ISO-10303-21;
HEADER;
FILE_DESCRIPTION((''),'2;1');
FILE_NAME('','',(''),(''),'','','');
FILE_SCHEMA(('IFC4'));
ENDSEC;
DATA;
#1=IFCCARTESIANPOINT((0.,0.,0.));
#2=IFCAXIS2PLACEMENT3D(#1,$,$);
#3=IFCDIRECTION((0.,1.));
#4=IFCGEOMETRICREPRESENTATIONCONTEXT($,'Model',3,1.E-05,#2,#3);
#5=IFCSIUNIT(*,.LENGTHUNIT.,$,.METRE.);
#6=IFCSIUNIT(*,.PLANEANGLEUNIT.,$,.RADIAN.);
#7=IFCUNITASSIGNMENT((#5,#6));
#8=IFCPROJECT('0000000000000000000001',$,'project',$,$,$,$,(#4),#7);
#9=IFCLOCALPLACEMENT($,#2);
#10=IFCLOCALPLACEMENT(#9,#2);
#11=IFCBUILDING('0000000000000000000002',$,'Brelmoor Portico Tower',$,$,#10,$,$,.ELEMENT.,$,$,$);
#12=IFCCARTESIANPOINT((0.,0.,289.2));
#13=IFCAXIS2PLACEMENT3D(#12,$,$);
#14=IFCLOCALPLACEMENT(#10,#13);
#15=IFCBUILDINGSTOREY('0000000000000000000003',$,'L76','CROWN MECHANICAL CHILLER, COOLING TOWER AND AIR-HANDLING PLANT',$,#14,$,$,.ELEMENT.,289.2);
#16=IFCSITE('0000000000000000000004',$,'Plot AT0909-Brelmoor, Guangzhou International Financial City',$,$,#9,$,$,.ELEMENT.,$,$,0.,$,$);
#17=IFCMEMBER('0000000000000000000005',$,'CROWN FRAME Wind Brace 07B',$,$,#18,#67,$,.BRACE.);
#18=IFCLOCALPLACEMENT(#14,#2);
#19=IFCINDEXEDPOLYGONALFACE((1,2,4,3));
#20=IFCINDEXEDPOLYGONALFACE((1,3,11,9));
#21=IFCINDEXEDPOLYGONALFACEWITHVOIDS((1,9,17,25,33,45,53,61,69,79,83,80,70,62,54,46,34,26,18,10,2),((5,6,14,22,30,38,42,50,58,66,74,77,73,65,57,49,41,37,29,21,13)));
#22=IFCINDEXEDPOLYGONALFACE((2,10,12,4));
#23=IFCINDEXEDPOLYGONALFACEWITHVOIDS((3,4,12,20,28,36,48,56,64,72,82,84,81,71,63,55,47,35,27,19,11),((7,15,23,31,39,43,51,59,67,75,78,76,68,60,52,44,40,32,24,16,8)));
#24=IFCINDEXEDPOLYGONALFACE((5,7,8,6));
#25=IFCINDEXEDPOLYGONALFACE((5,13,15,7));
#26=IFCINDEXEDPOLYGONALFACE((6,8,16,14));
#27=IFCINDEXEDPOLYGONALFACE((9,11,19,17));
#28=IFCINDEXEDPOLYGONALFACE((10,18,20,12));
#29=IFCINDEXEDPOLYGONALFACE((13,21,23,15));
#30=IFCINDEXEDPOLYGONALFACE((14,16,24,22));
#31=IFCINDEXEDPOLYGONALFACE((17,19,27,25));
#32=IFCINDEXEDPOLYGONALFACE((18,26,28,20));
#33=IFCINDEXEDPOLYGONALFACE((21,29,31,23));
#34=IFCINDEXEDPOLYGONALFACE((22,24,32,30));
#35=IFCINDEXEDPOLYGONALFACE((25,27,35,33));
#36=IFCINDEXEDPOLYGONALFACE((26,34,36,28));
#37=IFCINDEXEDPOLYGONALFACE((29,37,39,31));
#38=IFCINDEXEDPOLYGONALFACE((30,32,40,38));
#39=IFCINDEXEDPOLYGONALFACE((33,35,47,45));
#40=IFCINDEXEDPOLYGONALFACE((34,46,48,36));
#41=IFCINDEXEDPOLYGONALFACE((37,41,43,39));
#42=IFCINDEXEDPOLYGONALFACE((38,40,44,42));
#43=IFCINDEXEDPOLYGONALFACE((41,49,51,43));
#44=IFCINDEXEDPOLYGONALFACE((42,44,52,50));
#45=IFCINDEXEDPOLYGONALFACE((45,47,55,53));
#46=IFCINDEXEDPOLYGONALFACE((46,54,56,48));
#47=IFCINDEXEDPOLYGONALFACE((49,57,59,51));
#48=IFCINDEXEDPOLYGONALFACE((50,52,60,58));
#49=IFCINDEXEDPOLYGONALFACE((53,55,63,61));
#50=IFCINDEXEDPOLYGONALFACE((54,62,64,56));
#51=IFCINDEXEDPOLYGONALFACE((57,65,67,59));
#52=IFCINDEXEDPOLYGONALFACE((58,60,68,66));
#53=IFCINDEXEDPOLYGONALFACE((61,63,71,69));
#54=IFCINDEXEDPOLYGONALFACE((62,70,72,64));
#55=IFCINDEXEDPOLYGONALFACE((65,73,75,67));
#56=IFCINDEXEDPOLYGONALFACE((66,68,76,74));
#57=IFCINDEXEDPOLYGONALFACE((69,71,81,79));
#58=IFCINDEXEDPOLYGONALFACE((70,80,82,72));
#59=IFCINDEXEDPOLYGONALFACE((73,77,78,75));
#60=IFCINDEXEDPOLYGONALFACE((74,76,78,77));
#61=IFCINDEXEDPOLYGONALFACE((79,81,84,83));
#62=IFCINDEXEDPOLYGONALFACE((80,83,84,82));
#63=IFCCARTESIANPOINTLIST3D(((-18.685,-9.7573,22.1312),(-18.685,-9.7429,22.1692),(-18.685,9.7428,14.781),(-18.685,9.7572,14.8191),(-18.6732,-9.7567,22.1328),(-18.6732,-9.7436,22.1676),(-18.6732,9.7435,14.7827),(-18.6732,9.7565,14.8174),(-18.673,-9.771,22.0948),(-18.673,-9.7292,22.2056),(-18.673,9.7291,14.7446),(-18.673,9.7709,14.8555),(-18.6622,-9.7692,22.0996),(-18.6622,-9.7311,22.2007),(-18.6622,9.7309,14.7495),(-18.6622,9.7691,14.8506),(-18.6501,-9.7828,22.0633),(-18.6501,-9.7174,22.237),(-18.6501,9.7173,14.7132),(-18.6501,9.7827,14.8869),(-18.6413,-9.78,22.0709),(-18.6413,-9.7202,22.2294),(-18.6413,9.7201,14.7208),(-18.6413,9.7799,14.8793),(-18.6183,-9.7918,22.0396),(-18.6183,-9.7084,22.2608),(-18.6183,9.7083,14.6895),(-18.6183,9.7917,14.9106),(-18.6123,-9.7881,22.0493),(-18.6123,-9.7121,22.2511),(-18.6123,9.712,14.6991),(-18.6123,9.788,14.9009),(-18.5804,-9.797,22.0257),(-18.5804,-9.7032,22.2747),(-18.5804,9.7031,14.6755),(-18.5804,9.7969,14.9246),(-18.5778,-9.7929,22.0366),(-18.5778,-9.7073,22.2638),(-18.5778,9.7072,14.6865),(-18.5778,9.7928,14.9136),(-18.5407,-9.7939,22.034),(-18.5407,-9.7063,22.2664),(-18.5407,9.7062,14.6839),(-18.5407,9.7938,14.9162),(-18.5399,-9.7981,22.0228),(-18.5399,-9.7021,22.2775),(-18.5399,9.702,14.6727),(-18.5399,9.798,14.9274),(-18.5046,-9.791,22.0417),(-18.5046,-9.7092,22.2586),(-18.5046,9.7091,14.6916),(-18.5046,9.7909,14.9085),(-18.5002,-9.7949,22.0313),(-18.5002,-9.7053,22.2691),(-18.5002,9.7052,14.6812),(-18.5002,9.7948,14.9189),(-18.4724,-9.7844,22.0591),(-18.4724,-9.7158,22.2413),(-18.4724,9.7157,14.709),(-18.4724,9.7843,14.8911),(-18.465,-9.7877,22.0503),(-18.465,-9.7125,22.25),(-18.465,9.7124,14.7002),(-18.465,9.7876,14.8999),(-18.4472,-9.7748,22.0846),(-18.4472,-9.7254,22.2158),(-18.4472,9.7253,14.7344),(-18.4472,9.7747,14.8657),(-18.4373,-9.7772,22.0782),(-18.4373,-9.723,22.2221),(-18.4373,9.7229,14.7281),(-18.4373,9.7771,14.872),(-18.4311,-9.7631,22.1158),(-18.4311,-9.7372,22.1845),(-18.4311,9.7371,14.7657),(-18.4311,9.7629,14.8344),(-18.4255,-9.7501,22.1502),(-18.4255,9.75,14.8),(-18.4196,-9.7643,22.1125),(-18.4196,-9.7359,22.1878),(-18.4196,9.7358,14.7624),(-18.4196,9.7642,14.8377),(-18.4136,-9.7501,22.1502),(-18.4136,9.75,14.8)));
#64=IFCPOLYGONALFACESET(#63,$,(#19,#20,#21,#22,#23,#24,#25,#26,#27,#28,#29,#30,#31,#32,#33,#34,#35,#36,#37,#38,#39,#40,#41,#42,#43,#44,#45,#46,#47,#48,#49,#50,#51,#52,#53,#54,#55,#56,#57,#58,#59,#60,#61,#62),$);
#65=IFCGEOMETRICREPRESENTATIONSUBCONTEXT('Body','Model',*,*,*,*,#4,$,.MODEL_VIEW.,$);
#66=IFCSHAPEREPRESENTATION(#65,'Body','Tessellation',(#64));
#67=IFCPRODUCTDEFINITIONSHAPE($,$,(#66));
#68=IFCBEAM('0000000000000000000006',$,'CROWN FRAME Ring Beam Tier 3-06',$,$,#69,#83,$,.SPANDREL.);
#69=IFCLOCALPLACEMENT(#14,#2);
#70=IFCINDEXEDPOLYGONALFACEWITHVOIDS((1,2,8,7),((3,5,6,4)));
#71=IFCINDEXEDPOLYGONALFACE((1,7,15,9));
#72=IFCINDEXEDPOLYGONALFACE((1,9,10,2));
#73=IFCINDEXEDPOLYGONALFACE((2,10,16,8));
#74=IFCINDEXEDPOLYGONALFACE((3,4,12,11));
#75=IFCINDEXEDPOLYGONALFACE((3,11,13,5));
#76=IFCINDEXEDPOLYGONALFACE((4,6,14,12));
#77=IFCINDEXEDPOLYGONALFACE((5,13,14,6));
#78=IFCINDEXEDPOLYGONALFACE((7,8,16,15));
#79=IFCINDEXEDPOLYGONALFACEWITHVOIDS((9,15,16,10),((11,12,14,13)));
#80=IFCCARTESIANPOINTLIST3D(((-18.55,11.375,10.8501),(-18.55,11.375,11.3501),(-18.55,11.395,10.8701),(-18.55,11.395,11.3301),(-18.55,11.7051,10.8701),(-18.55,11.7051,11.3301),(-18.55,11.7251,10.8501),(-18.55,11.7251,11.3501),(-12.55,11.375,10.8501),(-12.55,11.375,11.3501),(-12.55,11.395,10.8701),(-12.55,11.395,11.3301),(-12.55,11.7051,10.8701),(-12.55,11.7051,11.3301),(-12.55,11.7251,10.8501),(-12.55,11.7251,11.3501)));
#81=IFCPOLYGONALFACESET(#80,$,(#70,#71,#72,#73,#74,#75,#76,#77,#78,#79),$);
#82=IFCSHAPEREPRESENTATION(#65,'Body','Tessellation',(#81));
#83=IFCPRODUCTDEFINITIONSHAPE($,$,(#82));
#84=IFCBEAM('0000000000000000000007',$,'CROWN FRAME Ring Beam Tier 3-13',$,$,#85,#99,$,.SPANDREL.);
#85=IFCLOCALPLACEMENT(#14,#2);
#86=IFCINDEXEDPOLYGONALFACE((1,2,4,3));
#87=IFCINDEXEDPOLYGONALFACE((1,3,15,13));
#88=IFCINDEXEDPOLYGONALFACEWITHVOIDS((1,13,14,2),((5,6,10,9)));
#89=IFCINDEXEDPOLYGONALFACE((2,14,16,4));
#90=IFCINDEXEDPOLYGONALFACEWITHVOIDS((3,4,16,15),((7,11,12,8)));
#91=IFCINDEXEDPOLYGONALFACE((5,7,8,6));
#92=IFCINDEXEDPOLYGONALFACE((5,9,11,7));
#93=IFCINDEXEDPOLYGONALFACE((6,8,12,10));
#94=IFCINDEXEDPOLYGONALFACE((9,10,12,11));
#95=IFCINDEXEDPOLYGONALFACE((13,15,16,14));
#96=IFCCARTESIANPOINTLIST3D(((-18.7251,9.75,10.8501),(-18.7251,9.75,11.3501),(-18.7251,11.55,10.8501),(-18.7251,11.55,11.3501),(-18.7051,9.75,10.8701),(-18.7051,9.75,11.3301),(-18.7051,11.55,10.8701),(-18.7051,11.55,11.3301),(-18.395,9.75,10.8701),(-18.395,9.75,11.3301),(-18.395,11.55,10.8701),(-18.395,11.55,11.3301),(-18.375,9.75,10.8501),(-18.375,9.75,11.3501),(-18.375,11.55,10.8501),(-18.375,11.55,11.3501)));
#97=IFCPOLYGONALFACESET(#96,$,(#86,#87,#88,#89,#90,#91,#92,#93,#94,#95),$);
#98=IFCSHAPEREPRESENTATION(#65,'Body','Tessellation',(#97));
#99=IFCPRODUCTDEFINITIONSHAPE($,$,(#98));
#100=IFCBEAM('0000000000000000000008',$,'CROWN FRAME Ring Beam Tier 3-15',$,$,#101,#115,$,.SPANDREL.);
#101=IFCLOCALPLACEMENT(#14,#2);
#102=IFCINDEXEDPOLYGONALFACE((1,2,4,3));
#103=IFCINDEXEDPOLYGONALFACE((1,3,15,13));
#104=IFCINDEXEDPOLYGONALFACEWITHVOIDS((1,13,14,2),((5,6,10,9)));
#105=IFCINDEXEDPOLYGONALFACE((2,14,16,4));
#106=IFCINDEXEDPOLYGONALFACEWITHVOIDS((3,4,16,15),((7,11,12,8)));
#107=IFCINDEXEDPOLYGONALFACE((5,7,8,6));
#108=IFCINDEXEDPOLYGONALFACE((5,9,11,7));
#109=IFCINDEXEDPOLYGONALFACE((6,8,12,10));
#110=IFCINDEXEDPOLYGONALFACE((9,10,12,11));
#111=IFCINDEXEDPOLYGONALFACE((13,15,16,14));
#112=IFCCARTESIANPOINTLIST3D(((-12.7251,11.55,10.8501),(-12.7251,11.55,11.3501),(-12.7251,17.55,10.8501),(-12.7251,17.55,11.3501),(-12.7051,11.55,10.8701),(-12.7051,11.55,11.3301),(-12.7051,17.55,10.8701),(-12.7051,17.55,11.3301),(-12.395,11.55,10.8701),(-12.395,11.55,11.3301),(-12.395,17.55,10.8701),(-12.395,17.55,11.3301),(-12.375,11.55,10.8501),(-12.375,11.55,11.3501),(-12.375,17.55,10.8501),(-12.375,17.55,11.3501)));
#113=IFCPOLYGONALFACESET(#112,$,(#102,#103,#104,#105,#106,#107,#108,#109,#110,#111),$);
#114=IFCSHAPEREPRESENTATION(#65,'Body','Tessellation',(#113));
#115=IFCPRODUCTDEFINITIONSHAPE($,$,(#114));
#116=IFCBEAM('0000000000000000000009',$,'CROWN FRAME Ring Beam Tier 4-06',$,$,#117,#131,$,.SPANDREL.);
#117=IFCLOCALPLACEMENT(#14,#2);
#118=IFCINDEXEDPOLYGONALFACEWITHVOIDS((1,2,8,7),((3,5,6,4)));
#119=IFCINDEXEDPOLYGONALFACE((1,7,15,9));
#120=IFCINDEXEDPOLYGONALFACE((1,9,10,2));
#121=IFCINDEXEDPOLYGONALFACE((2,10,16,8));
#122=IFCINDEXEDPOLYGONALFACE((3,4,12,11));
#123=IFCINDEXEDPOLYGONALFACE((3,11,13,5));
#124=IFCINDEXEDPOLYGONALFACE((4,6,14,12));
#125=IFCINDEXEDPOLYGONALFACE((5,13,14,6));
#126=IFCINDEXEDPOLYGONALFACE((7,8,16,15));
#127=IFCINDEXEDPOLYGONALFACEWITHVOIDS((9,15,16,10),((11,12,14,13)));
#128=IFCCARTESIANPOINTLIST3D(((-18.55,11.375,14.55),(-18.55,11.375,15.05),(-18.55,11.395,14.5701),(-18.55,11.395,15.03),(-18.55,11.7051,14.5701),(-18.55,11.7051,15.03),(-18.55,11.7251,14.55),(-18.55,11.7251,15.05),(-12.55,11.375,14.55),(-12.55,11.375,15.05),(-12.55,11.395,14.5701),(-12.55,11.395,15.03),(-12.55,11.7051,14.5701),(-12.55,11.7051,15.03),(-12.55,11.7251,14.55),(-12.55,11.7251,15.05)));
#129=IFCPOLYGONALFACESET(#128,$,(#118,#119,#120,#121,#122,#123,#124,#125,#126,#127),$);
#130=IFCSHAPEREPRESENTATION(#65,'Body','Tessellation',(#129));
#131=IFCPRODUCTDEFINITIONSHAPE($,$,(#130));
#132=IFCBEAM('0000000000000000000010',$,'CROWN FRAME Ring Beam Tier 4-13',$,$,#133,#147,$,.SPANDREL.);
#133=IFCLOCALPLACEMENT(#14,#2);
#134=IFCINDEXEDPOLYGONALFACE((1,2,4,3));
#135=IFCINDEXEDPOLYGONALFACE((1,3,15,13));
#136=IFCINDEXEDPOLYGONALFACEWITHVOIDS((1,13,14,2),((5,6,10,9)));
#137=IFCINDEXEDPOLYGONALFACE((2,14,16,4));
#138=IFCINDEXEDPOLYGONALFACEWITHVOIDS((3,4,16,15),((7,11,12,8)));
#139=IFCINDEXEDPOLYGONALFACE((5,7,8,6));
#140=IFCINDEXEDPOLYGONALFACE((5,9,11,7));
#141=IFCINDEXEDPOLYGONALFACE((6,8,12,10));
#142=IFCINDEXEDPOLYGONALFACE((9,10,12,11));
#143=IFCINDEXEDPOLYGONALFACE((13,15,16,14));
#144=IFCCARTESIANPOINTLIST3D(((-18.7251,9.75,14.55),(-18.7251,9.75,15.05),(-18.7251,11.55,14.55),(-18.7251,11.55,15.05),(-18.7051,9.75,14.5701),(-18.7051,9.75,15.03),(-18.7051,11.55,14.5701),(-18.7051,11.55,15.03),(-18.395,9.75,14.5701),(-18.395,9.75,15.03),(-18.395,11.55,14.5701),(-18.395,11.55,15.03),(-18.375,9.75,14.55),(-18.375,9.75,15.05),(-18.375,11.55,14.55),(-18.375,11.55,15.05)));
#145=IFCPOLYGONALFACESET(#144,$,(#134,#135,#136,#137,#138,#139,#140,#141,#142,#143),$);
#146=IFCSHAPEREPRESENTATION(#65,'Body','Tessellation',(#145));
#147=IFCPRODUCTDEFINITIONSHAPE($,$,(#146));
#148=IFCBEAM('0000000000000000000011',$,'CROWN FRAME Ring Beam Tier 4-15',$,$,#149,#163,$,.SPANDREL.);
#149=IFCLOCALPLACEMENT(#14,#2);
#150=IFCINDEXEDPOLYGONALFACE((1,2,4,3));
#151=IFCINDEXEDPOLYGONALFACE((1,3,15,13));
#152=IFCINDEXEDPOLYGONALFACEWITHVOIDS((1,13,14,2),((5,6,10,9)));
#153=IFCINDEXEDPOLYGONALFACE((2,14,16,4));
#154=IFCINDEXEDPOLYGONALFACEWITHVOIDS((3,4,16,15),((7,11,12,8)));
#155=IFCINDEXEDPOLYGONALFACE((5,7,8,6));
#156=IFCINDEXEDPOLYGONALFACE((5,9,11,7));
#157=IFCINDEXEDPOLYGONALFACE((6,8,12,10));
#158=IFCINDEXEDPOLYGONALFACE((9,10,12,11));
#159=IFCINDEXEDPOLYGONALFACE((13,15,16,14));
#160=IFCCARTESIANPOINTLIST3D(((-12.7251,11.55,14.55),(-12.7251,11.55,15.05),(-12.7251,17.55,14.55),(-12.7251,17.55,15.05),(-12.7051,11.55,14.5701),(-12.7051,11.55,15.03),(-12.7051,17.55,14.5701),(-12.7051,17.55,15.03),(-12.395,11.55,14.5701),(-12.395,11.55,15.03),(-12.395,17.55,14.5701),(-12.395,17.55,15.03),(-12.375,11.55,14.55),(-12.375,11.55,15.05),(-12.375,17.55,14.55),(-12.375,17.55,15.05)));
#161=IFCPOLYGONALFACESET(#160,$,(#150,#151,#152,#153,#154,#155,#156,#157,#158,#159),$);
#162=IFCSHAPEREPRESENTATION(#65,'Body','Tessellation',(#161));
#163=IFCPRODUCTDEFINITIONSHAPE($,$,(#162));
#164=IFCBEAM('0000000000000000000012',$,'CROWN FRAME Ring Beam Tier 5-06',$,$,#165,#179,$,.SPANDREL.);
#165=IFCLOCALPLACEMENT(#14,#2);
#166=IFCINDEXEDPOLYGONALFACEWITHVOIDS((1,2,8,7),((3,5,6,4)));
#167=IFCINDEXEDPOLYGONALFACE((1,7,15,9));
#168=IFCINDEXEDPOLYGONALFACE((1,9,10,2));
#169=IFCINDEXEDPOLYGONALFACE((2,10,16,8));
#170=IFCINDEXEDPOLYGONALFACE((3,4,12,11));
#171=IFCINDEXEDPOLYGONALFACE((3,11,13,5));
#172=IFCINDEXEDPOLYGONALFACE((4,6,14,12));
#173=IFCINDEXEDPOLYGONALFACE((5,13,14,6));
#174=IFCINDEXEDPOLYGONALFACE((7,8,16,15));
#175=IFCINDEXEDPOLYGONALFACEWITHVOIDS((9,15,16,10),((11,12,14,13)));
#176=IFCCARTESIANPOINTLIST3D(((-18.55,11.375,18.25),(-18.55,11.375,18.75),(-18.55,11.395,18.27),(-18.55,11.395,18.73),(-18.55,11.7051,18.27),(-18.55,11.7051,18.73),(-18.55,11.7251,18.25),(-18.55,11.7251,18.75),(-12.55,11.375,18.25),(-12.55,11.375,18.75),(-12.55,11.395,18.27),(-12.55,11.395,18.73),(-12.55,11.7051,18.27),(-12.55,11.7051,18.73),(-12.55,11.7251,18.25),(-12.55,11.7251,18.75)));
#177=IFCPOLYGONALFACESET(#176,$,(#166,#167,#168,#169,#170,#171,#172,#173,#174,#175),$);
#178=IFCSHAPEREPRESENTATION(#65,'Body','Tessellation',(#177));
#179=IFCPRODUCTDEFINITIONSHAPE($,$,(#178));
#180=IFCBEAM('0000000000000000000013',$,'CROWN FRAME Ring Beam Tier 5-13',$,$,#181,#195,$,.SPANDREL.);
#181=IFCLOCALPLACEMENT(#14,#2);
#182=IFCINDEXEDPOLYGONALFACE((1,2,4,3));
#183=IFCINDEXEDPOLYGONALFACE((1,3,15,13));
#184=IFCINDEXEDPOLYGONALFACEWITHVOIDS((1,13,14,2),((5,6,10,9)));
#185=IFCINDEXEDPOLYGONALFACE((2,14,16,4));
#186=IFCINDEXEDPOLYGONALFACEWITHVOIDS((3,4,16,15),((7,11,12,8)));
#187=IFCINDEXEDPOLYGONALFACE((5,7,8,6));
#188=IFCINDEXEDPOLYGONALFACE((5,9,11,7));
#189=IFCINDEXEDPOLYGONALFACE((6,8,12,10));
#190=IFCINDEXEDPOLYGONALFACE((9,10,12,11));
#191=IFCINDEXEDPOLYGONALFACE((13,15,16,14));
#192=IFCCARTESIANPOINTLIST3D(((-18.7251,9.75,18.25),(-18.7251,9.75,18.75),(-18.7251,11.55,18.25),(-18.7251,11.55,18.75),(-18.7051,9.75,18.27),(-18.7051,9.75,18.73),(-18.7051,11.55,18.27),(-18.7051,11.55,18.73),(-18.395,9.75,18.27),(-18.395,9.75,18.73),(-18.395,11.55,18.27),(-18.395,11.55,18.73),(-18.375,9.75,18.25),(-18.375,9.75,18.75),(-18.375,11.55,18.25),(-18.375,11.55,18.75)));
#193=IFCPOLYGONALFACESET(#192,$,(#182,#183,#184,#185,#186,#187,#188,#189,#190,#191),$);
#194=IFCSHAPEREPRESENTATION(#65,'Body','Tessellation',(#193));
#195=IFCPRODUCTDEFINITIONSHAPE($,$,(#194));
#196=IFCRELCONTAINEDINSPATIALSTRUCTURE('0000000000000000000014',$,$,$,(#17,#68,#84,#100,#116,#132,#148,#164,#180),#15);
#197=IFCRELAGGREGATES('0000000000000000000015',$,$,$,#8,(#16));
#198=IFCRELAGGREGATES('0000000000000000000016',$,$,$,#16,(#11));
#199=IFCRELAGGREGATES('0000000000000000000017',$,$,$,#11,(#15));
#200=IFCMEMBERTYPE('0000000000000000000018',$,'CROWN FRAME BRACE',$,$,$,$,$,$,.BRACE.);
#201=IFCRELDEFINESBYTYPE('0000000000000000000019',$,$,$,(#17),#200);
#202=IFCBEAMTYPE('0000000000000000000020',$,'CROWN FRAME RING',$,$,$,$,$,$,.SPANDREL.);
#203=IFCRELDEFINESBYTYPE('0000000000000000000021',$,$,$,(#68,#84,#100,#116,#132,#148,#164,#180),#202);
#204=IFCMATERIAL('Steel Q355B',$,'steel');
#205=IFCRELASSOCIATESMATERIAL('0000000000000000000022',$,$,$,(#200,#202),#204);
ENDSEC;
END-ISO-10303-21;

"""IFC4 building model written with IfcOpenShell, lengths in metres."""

from ifc_helpers import new_model, si_unit, direction, frame, origin, origin_2d, place, context, subcontext, project, spatial, hollow_rectangle, hollow_circle, extrude, material, material_profile, profile_set, type_object, element, save


model = new_model("IFC4")

# Units and contexts
model_context = context("Model", 3, precision=1e-05, world=origin(), true_north=direction((0.0, 1.0)))
body_context = subcontext(model_context, "Body", "Model", "MODEL_VIEW")
ifc_project = project(units=[si_unit("LENGTHUNIT", "METRE"), si_unit("PLANEANGLEUNIT", "RADIAN")], contexts=[model_context])

# Site, building, storey
site_placement = place(None, origin())
site = spatial("IfcSite", under=ifc_project, at=site_placement, Name="Plot AT0909-Brelmoor, Guangzhou International Financial City", CompositionType="ELEMENT", RefElevation=0.0)
building_placement = place(site_placement, origin())
building = spatial("IfcBuilding", under=site, at=building_placement, Name="Brelmoor Portico Tower", CompositionType="ELEMENT")
storey_placement = place(building_placement, frame((0.0, 0.0, 289.2)))
storey = spatial("IfcBuildingStorey", under=building, at=storey_placement, Name="L76", Description="CROWN MECHANICAL CHILLER, COOLING TOWER AND AIR-HANDLING PLANT", CompositionType="ELEMENT", Elevation=289.2)

# Shared definitions
ifc_material_1 = material(Name="Steel Q355B", Category="steel")

# Member
ifc_material_profile_1 = material_profile(ifc_material_1, hollow_circle(Radius=0.1365, WallThickness=0.012, at=origin_2d()), Name="CHS 273x12")
ifc_profile_set_1 = profile_set([ifc_material_profile_1], Name="Steel Q355B")
member_type = type_object("IfcMemberType", Name="CROWN FRAME BRACE", PredefinedType="BRACE", material=ifc_profile_set_1)
member_1_placement = place(storey_placement, frame((-18.55, 9.75, 14.8), z_axis=(0.0, -0.935735, 0.352705), x_axis=(1.0, 0.0, 0.0)))
element("IfcMember", 1, at=member_1_placement, inside=storey, type_object=member_type, Name="CROWN FRAME Wind Brace 07B", PredefinedType="BRACE", context=body_context, shape_type="SweptSolid", body=[
    extrude(hollow_circle(Radius=0.1365, WallThickness=0.012, at=origin_2d()), origin(), (0.0, 0.0, 1.0), 20.8394),
])

# Beams
ifc_material_profile_2 = material_profile(ifc_material_1, hollow_rectangle(XDim=0.3501, YDim=0.5, WallThickness=0.02, at=origin_2d()), Name="RHS 350x500x20")
ifc_profile_set_2 = profile_set([ifc_material_profile_2], Name="Steel Q355B")
beam_type_1 = type_object("IfcBeamType", Name="CROWN FRAME RING", PredefinedType="SPANDREL", material=ifc_profile_set_2)
beam_1_placement = place(storey_placement, frame((-18.55, 11.55, 11.1001), z_axis=(1.0, 0.0, 0.0), x_axis=(0.0, 1.0, 0.0)))
element("IfcBeam", 2, at=beam_1_placement, inside=storey, type_object=beam_type_1, Name="CROWN FRAME Ring Beam Tier 3-06", PredefinedType="SPANDREL", context=body_context, shape_type="SweptSolid", body=[
    extrude(hollow_rectangle(XDim=0.3501, YDim=0.5, WallThickness=0.02, at=origin_2d()), origin(), (0.0, 0.0, 1.0), 6.0),
])
beam_2_placement = place(storey_placement, frame((-18.55, 9.75, 11.1001), z_axis=(0.0, 1.0, 0.0), x_axis=(-1.0, 0.0, 0.0)))
element("IfcBeam", 3, at=beam_2_placement, inside=storey, type_object=beam_type_1, Name="CROWN FRAME Ring Beam Tier 3-13", PredefinedType="SPANDREL", context=body_context, shape_type="SweptSolid", body=[
    extrude(hollow_rectangle(XDim=0.3501, YDim=0.5, WallThickness=0.02, at=origin_2d()), origin(), (0.0, 0.0, 1.0), 1.8),
])
for number, where, z_axis, x_axis, name in (
    (4, (-12.55, 11.55, 11.1001), (0.0, 1.0, 0.0), (-1.0, 0.0, 0.0), "CROWN FRAME Ring Beam Tier 3-15"),
    (5, (-18.55, 11.55, 14.8), (1.0, 0.0, 0.0), (0.0, 1.0, 0.0), "CROWN FRAME Ring Beam Tier 4-06"),
):
    element("IfcBeam", number, at=place(storey_placement, frame(where, z_axis=z_axis, x_axis=x_axis)), inside=storey, type_object=beam_type_1, Name=name, PredefinedType="SPANDREL", context=body_context, shape_type="SweptSolid", body=[
        extrude(hollow_rectangle(XDim=0.3501, YDim=0.5, WallThickness=0.02, at=origin_2d()), origin(), (0.0, 0.0, 1.0), 6.0),
    ])
beam_3_placement = place(storey_placement, frame((-18.55, 9.75, 14.8), z_axis=(0.0, 1.0, 0.0), x_axis=(-1.0, 0.0, 0.0)))
element("IfcBeam", 6, at=beam_3_placement, inside=storey, type_object=beam_type_1, Name="CROWN FRAME Ring Beam Tier 4-13", PredefinedType="SPANDREL", context=body_context, shape_type="SweptSolid", body=[
    extrude(hollow_rectangle(XDim=0.3501, YDim=0.5, WallThickness=0.02, at=origin_2d()), origin(), (0.0, 0.0, 1.0), 1.8),
])
for number, where, z_axis, x_axis, name in (
    (7, (-12.55, 11.55, 14.8), (0.0, 1.0, 0.0), (-1.0, 0.0, 0.0), "CROWN FRAME Ring Beam Tier 4-15"),
    (8, (-18.55, 11.55, 18.5), (1.0, 0.0, 0.0), (0.0, 1.0, 0.0), "CROWN FRAME Ring Beam Tier 5-06"),
):
    element("IfcBeam", number, at=place(storey_placement, frame(where, z_axis=z_axis, x_axis=x_axis)), inside=storey, type_object=beam_type_1, Name=name, PredefinedType="SPANDREL", context=body_context, shape_type="SweptSolid", body=[
        extrude(hollow_rectangle(XDim=0.3501, YDim=0.5, WallThickness=0.02, at=origin_2d()), origin(), (0.0, 0.0, 1.0), 6.0),
    ])
beam_4_placement = place(storey_placement, frame((-18.55, 9.75, 18.5), z_axis=(0.0, 1.0, 0.0), x_axis=(-1.0, 0.0, 0.0)))
element("IfcBeam", 9, at=beam_4_placement, inside=storey, type_object=beam_type_1, Name="CROWN FRAME Ring Beam Tier 5-13", PredefinedType="SPANDREL", context=body_context, shape_type="SweptSolid", body=[
    extrude(hollow_rectangle(XDim=0.3501, YDim=0.5, WallThickness=0.02, at=origin_2d()), origin(), (0.0, 0.0, 1.0), 1.8),
])

save(model, "model.ifc")
